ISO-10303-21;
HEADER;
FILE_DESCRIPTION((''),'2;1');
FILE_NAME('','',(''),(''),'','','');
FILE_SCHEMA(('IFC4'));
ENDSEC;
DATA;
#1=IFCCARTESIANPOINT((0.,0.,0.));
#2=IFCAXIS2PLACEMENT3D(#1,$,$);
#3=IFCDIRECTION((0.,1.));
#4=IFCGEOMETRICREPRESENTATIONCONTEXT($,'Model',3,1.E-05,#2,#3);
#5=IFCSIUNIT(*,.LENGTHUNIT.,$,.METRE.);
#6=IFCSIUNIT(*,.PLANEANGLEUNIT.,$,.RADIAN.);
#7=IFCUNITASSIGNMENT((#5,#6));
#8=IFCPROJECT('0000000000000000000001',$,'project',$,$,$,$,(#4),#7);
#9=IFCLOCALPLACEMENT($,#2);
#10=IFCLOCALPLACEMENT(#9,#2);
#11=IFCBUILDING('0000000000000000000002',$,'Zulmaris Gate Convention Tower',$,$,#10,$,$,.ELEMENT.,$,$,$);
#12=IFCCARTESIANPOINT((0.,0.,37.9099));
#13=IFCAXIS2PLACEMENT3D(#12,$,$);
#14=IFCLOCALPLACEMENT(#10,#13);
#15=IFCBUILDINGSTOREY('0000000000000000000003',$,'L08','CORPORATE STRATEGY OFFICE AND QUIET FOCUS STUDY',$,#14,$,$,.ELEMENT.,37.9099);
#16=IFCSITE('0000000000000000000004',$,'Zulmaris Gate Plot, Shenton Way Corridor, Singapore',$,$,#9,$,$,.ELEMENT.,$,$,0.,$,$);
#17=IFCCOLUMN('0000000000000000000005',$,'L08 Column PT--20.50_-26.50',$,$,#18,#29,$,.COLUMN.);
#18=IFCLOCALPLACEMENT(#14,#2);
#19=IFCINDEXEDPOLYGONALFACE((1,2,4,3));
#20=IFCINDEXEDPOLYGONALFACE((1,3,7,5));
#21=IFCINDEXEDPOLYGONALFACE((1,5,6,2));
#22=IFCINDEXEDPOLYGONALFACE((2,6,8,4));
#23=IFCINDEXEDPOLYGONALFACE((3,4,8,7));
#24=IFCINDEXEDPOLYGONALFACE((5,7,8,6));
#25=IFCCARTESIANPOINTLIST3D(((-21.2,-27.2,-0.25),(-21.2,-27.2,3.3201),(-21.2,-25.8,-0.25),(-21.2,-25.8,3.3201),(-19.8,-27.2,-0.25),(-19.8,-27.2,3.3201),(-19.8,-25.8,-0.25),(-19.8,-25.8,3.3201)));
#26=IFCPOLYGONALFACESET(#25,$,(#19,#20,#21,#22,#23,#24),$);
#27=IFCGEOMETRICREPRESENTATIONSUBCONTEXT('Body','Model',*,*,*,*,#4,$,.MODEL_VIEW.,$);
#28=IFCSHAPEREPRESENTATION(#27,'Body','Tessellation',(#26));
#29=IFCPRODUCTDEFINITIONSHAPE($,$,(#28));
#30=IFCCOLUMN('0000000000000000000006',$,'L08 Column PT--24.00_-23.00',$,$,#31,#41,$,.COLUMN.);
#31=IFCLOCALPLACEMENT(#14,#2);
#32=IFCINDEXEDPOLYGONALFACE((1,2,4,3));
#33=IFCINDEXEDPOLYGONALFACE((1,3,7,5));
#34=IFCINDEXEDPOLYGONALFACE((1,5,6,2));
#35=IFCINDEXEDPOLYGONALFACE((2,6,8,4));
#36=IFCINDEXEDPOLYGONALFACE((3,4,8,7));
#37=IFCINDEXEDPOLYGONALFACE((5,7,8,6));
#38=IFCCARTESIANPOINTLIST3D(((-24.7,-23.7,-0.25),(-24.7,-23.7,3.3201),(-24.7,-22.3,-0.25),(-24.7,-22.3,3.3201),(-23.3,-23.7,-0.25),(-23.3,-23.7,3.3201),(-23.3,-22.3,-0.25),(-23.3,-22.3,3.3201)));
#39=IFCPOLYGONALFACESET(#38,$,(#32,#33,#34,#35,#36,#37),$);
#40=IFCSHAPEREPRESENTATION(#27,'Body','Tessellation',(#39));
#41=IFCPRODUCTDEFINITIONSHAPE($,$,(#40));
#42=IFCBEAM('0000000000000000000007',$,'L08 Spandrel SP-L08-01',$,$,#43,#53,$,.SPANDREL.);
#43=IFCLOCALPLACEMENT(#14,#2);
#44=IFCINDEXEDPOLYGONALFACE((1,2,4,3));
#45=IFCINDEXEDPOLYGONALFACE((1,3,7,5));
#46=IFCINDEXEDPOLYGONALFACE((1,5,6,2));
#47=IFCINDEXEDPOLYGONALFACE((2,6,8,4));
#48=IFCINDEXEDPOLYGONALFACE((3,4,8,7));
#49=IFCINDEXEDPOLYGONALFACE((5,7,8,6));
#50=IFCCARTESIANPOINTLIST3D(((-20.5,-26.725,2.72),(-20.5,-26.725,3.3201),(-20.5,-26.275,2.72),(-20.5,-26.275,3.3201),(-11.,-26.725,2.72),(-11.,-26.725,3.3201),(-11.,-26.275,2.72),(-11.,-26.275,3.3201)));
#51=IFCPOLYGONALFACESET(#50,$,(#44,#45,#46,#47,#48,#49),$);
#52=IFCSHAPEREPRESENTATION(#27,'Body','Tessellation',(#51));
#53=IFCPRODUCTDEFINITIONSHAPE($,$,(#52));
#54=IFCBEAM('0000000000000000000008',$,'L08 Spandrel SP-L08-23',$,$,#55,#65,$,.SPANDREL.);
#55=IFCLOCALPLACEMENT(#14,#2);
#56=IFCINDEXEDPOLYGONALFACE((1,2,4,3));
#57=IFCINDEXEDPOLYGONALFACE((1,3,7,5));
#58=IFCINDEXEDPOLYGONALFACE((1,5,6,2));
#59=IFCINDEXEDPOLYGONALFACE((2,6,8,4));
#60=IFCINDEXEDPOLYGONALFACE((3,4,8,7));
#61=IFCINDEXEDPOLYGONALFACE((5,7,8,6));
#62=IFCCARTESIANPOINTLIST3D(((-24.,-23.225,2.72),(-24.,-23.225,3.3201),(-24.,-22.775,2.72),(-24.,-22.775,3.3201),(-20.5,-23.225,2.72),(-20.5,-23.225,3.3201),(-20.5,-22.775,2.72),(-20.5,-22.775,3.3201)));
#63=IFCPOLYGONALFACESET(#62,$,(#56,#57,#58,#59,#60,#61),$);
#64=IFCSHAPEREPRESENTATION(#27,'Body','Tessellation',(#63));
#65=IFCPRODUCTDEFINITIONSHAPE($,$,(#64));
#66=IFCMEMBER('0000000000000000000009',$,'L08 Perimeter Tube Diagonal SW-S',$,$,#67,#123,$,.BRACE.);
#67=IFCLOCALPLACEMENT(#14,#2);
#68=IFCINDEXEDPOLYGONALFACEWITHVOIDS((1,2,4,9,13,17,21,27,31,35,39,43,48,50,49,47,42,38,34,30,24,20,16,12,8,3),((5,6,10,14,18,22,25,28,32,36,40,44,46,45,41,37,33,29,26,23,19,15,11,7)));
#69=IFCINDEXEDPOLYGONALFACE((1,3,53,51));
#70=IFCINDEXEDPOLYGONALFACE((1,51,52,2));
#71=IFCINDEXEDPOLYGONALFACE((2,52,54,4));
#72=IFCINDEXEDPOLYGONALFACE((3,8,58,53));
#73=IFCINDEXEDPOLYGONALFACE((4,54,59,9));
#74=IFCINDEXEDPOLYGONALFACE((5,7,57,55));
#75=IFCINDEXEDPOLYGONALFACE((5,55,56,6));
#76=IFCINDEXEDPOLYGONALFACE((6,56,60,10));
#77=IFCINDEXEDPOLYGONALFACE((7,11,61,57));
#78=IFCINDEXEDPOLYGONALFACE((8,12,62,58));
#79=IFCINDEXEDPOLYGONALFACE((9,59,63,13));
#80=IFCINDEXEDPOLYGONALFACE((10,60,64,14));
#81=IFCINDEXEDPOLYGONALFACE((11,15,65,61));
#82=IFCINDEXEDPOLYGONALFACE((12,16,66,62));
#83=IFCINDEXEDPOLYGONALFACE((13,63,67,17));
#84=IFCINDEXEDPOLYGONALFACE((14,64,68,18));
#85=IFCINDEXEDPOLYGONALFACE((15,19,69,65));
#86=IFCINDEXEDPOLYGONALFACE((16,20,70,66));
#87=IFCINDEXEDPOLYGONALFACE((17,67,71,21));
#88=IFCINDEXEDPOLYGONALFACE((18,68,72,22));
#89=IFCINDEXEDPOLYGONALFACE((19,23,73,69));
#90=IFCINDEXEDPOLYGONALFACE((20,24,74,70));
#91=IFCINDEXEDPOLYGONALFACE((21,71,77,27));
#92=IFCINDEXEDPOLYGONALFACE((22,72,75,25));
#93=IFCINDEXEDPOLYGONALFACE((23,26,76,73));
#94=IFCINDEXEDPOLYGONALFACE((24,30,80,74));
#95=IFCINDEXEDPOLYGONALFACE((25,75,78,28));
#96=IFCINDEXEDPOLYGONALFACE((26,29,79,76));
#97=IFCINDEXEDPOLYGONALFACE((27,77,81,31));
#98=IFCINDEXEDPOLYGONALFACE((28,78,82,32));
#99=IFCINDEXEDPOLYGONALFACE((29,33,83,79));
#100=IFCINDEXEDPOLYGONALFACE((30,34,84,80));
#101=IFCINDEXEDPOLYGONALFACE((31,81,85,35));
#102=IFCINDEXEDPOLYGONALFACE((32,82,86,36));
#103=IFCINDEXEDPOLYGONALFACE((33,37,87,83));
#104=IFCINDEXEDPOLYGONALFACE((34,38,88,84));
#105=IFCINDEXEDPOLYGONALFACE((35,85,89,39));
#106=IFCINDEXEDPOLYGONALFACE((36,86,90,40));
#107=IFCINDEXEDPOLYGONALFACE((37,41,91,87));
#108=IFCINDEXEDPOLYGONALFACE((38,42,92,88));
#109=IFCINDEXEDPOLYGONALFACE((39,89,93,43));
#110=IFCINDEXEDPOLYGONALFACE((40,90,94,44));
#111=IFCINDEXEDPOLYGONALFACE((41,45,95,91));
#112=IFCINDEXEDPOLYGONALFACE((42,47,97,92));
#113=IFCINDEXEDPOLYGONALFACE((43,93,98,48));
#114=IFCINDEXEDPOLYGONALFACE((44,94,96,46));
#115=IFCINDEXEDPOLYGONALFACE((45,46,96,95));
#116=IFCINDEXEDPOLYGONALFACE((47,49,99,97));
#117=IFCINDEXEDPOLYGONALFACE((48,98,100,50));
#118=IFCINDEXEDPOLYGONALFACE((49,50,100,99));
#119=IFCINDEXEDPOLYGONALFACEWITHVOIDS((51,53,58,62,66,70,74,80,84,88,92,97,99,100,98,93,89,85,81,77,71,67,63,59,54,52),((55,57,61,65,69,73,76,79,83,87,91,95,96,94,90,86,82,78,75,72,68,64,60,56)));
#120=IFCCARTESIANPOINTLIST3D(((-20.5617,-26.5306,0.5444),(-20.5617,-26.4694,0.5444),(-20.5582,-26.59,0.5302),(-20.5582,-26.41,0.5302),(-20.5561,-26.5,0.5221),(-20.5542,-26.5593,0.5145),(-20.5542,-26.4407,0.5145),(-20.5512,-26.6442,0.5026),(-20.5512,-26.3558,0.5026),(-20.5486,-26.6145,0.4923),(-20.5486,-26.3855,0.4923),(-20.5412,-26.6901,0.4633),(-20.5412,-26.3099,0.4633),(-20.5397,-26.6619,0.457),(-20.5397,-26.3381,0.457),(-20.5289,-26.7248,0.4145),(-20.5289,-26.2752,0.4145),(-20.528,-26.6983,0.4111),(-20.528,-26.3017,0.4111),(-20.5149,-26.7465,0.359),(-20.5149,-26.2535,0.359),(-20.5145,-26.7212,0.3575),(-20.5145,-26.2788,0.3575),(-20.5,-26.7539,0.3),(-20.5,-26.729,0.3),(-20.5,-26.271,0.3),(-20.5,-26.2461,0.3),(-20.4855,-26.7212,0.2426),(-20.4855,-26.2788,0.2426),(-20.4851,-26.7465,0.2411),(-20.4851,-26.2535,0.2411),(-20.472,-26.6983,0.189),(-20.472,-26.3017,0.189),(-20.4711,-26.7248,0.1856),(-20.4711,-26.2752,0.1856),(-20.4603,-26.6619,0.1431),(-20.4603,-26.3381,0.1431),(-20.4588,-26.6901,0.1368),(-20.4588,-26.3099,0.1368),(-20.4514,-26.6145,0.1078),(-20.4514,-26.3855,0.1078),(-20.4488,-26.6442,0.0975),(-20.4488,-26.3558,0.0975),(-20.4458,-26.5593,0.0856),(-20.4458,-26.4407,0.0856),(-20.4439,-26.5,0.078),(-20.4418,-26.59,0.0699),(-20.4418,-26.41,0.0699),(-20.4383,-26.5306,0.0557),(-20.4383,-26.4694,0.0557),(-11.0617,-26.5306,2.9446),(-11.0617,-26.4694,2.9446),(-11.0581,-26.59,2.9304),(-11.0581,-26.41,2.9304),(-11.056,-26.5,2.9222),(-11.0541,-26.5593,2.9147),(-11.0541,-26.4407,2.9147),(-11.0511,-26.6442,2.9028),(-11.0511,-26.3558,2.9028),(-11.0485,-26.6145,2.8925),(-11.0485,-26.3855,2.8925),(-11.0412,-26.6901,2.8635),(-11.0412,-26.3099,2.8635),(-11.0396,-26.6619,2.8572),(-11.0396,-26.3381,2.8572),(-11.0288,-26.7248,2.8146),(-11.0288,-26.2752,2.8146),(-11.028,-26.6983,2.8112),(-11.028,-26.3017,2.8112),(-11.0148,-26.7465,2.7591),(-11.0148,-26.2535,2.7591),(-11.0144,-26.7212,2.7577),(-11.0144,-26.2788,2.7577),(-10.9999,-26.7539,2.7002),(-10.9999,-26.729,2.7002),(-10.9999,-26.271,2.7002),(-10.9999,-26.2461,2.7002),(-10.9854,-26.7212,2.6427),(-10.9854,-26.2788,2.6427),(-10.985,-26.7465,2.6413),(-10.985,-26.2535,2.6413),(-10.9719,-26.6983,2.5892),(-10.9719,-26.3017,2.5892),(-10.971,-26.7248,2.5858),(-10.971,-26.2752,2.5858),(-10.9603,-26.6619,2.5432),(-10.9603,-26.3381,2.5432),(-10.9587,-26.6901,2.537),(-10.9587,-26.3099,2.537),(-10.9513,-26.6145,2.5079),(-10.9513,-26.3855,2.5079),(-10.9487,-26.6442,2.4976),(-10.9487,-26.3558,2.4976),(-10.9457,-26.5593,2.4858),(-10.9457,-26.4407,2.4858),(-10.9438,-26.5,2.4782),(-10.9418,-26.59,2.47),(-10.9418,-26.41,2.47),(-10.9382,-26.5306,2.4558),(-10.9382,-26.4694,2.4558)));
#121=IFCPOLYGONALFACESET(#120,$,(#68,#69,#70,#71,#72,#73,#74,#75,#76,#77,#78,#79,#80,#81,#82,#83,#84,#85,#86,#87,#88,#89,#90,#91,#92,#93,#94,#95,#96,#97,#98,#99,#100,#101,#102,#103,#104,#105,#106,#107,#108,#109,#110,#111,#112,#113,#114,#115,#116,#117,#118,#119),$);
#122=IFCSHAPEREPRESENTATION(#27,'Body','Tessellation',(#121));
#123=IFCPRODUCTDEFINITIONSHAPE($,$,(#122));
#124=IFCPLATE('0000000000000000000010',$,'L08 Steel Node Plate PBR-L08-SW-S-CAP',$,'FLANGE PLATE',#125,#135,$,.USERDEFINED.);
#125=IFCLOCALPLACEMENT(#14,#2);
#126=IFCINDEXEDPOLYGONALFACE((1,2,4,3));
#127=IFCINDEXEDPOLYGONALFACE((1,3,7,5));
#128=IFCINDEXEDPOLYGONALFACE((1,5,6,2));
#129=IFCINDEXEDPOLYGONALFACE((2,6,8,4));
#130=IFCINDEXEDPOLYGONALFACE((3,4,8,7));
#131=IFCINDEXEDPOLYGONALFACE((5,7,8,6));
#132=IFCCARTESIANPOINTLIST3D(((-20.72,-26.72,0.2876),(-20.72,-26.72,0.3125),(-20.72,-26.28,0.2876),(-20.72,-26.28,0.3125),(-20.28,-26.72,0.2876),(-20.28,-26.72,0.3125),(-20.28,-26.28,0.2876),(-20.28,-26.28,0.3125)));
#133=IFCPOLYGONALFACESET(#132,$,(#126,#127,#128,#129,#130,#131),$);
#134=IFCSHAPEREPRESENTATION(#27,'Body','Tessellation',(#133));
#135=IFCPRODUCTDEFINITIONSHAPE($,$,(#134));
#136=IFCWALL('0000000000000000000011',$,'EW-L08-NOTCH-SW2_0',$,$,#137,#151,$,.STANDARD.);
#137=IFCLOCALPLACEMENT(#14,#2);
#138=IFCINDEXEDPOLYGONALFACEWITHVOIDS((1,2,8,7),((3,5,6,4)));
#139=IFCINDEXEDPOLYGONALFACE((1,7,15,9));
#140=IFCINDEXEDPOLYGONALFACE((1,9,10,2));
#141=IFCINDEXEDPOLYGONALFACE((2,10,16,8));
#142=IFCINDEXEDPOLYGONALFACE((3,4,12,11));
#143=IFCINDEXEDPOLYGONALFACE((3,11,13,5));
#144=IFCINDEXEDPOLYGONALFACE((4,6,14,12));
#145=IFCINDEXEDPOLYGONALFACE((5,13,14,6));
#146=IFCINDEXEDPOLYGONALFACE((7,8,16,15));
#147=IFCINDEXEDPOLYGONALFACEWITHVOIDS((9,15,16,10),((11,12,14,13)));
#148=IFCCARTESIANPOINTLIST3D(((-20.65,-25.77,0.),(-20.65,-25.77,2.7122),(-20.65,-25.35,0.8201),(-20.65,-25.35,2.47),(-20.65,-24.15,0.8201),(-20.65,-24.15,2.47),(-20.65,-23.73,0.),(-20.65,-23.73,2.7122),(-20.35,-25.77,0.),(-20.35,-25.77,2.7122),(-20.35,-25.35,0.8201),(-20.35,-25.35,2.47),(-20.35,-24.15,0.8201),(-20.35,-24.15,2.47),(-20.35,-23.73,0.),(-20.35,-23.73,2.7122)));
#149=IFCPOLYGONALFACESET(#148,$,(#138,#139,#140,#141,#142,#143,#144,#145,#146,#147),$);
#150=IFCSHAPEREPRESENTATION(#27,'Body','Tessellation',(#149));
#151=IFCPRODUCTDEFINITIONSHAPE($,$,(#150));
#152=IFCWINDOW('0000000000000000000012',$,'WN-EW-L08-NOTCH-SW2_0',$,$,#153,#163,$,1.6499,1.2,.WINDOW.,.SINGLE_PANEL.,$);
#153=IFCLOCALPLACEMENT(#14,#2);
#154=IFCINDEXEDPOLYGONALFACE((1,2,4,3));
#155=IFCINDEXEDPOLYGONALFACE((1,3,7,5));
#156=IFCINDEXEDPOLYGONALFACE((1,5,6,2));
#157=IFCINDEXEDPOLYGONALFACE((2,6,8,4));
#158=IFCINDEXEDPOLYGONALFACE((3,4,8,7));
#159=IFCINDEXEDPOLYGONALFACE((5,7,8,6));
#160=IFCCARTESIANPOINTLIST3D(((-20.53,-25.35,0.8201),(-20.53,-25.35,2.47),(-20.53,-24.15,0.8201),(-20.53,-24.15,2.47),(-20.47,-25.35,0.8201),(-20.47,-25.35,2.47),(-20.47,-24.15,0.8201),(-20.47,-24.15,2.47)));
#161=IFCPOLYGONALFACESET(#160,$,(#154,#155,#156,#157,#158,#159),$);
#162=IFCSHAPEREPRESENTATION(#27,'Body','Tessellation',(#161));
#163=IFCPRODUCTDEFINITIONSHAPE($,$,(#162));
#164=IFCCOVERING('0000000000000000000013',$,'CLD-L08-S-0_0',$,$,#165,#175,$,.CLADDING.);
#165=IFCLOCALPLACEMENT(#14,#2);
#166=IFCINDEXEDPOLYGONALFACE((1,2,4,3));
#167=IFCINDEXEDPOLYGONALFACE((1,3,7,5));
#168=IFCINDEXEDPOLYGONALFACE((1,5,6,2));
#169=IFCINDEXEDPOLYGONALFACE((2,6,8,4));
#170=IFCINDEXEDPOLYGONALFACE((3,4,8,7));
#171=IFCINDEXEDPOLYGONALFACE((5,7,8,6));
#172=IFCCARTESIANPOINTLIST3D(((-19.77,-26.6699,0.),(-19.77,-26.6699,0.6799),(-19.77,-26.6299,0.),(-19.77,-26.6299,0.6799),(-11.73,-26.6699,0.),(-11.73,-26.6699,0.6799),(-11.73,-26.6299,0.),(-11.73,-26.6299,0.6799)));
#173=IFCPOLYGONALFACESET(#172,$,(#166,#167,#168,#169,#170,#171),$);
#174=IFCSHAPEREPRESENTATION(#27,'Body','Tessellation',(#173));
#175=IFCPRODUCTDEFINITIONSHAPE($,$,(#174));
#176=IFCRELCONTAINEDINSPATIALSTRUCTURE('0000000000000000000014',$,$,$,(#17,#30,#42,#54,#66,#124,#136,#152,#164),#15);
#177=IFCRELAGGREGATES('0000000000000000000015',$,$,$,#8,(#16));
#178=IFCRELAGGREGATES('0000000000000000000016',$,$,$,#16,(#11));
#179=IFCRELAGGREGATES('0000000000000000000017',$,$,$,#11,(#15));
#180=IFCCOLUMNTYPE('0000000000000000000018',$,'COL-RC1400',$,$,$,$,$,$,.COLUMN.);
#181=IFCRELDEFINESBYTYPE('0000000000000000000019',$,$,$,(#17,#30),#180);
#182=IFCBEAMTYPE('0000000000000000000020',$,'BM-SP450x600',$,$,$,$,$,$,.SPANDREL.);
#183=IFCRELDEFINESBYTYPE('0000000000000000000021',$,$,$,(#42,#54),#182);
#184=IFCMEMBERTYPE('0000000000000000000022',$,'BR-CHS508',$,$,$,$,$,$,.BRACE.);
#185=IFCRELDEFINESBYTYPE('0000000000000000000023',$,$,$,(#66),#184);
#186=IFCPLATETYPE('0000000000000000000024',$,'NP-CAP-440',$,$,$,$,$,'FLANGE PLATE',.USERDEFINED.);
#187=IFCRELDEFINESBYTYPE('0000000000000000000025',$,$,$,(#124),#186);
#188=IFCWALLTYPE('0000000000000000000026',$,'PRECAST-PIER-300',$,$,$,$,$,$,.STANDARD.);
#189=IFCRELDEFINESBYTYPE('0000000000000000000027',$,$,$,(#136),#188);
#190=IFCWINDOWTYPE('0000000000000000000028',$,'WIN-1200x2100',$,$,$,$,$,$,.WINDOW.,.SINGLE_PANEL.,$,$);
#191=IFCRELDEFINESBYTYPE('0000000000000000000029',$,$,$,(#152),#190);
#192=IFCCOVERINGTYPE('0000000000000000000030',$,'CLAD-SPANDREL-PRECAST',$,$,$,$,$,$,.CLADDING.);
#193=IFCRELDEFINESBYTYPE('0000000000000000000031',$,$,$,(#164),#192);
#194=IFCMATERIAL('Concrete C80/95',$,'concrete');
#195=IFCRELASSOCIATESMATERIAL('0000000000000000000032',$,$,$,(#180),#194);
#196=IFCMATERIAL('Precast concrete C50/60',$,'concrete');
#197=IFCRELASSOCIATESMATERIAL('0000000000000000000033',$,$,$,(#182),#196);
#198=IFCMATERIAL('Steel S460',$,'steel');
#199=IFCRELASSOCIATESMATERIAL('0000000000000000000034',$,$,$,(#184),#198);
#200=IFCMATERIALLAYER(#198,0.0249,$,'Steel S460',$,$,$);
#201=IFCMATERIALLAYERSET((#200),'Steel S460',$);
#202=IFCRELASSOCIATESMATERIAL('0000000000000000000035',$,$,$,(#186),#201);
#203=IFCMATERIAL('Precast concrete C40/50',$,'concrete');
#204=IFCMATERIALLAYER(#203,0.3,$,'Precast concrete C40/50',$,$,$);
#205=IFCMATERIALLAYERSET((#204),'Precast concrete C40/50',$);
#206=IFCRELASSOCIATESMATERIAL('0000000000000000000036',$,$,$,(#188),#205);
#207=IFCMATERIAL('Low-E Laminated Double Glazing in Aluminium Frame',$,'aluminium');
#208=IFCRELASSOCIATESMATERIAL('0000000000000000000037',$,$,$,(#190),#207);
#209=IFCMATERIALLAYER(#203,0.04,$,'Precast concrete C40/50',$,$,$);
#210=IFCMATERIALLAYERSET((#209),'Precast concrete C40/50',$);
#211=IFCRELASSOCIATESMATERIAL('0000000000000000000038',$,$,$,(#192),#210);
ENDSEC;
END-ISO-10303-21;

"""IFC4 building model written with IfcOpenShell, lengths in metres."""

from ifc_helpers import new_model, si_unit, direction, frame, frame_2d, origin, origin_2d, place, context, subcontext, project, spatial, rectangle, hollow_circle, extrude, material, layer, layer_set, material_profile, profile_set, type_object, element, fill, save


model = new_model("IFC4")

# Units and contexts
model_context = context("Model", 3, precision=1e-05, world=origin(), true_north=direction((0.0, 1.0)))
body_context = subcontext(model_context, "Body", "Model", "MODEL_VIEW")
ifc_project = project(units=[si_unit("LENGTHUNIT", "METRE"), si_unit("PLANEANGLEUNIT", "RADIAN")], contexts=[model_context])

# Site, building, storey
site_placement = place(None, origin())
site = spatial("IfcSite", under=ifc_project, at=site_placement, Name="Zulmaris Gate Plot, Shenton Way Corridor, Singapore", CompositionType="ELEMENT", RefElevation=0.0)
building_placement = place(site_placement, origin())
building = spatial("IfcBuilding", under=site, at=building_placement, Name="Zulmaris Gate Convention Tower", CompositionType="ELEMENT")
storey_placement = place(building_placement, frame((0.0, 0.0, 37.9099)))
storey = spatial("IfcBuildingStorey", under=building, at=storey_placement, Name="L08", Description="CORPORATE STRATEGY OFFICE AND QUIET FOCUS STUDY", CompositionType="ELEMENT", Elevation=37.9099)

# Columns
ifc_material_1 = material(Name="Concrete C80/95", Category="concrete")
ifc_material_profile_1 = material_profile(ifc_material_1, rectangle(XDim=1.3999, YDim=1.3999, at=origin_2d()), Name="RC COL 1400x1400")
ifc_profile_set_1 = profile_set([ifc_material_profile_1], Name="Concrete C80/95")
column_type = type_object("IfcColumnType", Name="COL-RC1400", PredefinedType="COLUMN", material=ifc_profile_set_1)
for number, where, z_axis, x_axis, name in (
    (1, (-20.5, -26.5, -0.25), (0.0, 0.0, 1.0), (1.0, 0.0, 0.0), "L08 Column PT--20.50_-26.50"),
    (2, (-24.0, -23.0, -0.25), (0.0, 0.0, 1.0), (1.0, 0.0, 0.0), "L08 Column PT--24.00_-23.00"),
):
    element("IfcColumn", number, at=place(storey_placement, frame(where, z_axis=z_axis, x_axis=x_axis)), inside=storey, type_object=column_type, Name=name, PredefinedType="COLUMN", context=body_context, shape_type="SweptSolid", body=[
        extrude(rectangle(XDim=1.3999, YDim=1.3999, at=origin_2d()), origin(), (0.0, 0.0, 1.0), 3.5701),
    ])

# Beams
ifc_material_2 = material(Name="Precast concrete C50/60", Category="concrete")
ifc_material_profile_2 = material_profile(ifc_material_2, rectangle(XDim=0.45, YDim=0.6001, at=origin_2d()), Name="RC SPANDREL 450x600")
ifc_profile_set_2 = profile_set([ifc_material_profile_2], Name="Precast concrete C50/60")
beam_type = type_object("IfcBeamType", Name="BM-SP450x600", PredefinedType="SPANDREL", material=ifc_profile_set_2)
beam_1_placement = place(storey_placement, frame((-20.5, -26.5, 3.02), z_axis=(1.0, 0.0, 0.0), x_axis=(0.0, 1.0, 0.0)))
element("IfcBeam", 3, at=beam_1_placement, inside=storey, type_object=beam_type, Name="L08 Spandrel SP-L08-01", PredefinedType="SPANDREL", context=body_context, shape_type="SweptSolid", body=[
    extrude(rectangle(XDim=0.45, YDim=0.6001, at=origin_2d()), origin(), (0.0, 0.0, 1.0), 9.5),
])
beam_2_placement = place(storey_placement, frame((-24.0, -23.0, 3.02), z_axis=(1.0, 0.0, 0.0), x_axis=(0.0, 1.0, 0.0)))
element("IfcBeam", 4, at=beam_2_placement, inside=storey, type_object=beam_type, Name="L08 Spandrel SP-L08-23", PredefinedType="SPANDREL", context=body_context, shape_type="SweptSolid", body=[
    extrude(rectangle(XDim=0.45, YDim=0.6001, at=origin_2d()), origin(), (0.0, 0.0, 1.0), 3.5),
])

# Member
ifc_material_3 = material(Name="Steel S460", Category="steel")
ifc_material_profile_3 = material_profile(ifc_material_3, hollow_circle(Radius=0.2539, WallThickness=0.0249, at=origin_2d()), Name="CHS 508x25")
ifc_profile_set_3 = profile_set([ifc_material_profile_3], Name="Steel S460")
member_type = type_object("IfcMemberType", Name="BR-CHS508", PredefinedType="BRACE", material=ifc_profile_set_3)
member_placement = place(storey_placement, frame((-20.5, -26.5, 0.3), z_axis=(0.969536, 0.0, 0.24495), x_axis=(0.0, 1.0, 0.0)))
element("IfcMember", 5, at=member_placement, inside=storey, type_object=member_type, Name="L08 Perimeter Tube Diagonal SW-S", PredefinedType="BRACE", context=body_context, shape_type="SweptSolid", body=[
    extrude(hollow_circle(Radius=0.2539, WallThickness=0.0249, at=origin_2d()), origin(), (0.0, 0.0, 1.0), 9.7986),
])

# Plate
ifc_layer_1 = layer(ifc_material_3, 0.0249, Name="Steel S460")
ifc_layer_set_1 = layer_set([ifc_layer_1], Name="Steel S460")
plate_type = type_object("IfcPlateType", Name="NP-CAP-440", ElementType="FLANGE PLATE", PredefinedType="USERDEFINED", material=ifc_layer_set_1)
plate_placement = place(storey_placement, frame((-20.5, -26.5, 0.2876), z_axis=(0.0, 0.0, 1.0), x_axis=(1.0, 0.0, 0.0)))
element("IfcPlate", 6, at=plate_placement, inside=storey, type_object=plate_type, Name="L08 Steel Node Plate PBR-L08-SW-S-CAP", ObjectType="FLANGE PLATE", PredefinedType="USERDEFINED", context=body_context, shape_type="SweptSolid", body=[
    extrude(rectangle(XDim=0.4399, YDim=0.4399, at=origin_2d()), origin(), (0.0, 0.0, 1.0), 0.0249),
])

# Wall, opening, window
ifc_material_4 = material(Name="Precast concrete C40/50", Category="concrete")
ifc_layer_2 = layer(ifc_material_4, 0.3, Name="Precast concrete C40/50")
ifc_layer_set_2 = layer_set([ifc_layer_2], Name="Precast concrete C40/50")
wall_type = type_object("IfcWallType", Name="PRECAST-PIER-300", PredefinedType="STANDARD", material=ifc_layer_set_2)
wall_placement = place(storey_placement, frame((-20.5, -23.73, 0.0), z_axis=(0.0, 0.0, 1.0), x_axis=(0.0, -1.0, 0.0)))
wall = element("IfcWall", 7, at=wall_placement, inside=storey, type_object=wall_type, Name="EW-L08-NOTCH-SW2_0", PredefinedType="STANDARD", context=body_context, shape_type="SweptSolid", body=[
    extrude(rectangle(XDim=2.04, YDim=0.3, at=frame_2d((1.02, 0.0))), origin(), (0.0, 0.0, 1.0), 2.7122),
])
opening_placement = place(wall_placement, frame((0.4199, 0.0, 0.8201)))
opening = element("IfcOpeningElement", 8, at=opening_placement, cuts=wall, PredefinedType="OPENING", context=body_context, shape_type="SweptSolid", body=[
    extrude(rectangle(XDim=1.2, YDim=1.6499, at=frame_2d((0.6001, 0.825))), frame((0.0, 0.1602, 0.0), z_axis=(0.0, -1.0, 0.0), x_axis=(1.0, 0.0, 0.0)), (0.0, 0.0, 1.0), 0.3201),
])
ifc_material_5 = material(Name="Low-E Laminated Double Glazing in Aluminium Frame", Category="aluminium")
window_type = type_object("IfcWindowType", Name="WIN-1200x2100", PartitioningType="SINGLE_PANEL", PredefinedType="WINDOW", material=ifc_material_5)
window_placement = place(opening_placement, origin())
window = element("IfcWindow", 9, at=window_placement, inside=storey, type_object=window_type, Name="WN-EW-L08-NOTCH-SW2_0", OverallHeight=1.6499, OverallWidth=1.2, PartitioningType="SINGLE_PANEL", PredefinedType="WINDOW", context=body_context, shape_type="SweptSolid", body=[
    extrude(rectangle(XDim=1.2, YDim=1.6499, at=frame_2d((0.6001, 0.825))), frame((0.0, 0.03, 0.0), z_axis=(0.0, -1.0, 0.0), x_axis=(1.0, 0.0, 0.0)), (0.0, 0.0, 1.0), 0.0601),
])
fill(opening, window)

# Covering
ifc_layer_3 = layer(ifc_material_4, 0.04, Name="Precast concrete C40/50")
ifc_layer_set_3 = layer_set([ifc_layer_3], Name="Precast concrete C40/50")
covering_type_1 = type_object("IfcCoveringType", Name="CLAD-SPANDREL-PRECAST", PredefinedType="CLADDING", material=ifc_layer_set_3)
covering_1_placement = place(storey_placement, frame((-19.77, -26.6499, 0.0), z_axis=(0.0, 0.0, 1.0), x_axis=(1.0, 0.0, 0.0)))
element("IfcCovering", 10, at=covering_1_placement, inside=storey, type_object=covering_type_1, Name="CLD-L08-S-0_0", PredefinedType="CLADDING", context=body_context, shape_type="SweptSolid", body=[
    extrude(rectangle(XDim=8.04, YDim=0.04, at=frame_2d((4.02, 0.0))), origin(), (0.0, 0.0, 1.0), 0.6799),
])

save(model, "model.ifc")
